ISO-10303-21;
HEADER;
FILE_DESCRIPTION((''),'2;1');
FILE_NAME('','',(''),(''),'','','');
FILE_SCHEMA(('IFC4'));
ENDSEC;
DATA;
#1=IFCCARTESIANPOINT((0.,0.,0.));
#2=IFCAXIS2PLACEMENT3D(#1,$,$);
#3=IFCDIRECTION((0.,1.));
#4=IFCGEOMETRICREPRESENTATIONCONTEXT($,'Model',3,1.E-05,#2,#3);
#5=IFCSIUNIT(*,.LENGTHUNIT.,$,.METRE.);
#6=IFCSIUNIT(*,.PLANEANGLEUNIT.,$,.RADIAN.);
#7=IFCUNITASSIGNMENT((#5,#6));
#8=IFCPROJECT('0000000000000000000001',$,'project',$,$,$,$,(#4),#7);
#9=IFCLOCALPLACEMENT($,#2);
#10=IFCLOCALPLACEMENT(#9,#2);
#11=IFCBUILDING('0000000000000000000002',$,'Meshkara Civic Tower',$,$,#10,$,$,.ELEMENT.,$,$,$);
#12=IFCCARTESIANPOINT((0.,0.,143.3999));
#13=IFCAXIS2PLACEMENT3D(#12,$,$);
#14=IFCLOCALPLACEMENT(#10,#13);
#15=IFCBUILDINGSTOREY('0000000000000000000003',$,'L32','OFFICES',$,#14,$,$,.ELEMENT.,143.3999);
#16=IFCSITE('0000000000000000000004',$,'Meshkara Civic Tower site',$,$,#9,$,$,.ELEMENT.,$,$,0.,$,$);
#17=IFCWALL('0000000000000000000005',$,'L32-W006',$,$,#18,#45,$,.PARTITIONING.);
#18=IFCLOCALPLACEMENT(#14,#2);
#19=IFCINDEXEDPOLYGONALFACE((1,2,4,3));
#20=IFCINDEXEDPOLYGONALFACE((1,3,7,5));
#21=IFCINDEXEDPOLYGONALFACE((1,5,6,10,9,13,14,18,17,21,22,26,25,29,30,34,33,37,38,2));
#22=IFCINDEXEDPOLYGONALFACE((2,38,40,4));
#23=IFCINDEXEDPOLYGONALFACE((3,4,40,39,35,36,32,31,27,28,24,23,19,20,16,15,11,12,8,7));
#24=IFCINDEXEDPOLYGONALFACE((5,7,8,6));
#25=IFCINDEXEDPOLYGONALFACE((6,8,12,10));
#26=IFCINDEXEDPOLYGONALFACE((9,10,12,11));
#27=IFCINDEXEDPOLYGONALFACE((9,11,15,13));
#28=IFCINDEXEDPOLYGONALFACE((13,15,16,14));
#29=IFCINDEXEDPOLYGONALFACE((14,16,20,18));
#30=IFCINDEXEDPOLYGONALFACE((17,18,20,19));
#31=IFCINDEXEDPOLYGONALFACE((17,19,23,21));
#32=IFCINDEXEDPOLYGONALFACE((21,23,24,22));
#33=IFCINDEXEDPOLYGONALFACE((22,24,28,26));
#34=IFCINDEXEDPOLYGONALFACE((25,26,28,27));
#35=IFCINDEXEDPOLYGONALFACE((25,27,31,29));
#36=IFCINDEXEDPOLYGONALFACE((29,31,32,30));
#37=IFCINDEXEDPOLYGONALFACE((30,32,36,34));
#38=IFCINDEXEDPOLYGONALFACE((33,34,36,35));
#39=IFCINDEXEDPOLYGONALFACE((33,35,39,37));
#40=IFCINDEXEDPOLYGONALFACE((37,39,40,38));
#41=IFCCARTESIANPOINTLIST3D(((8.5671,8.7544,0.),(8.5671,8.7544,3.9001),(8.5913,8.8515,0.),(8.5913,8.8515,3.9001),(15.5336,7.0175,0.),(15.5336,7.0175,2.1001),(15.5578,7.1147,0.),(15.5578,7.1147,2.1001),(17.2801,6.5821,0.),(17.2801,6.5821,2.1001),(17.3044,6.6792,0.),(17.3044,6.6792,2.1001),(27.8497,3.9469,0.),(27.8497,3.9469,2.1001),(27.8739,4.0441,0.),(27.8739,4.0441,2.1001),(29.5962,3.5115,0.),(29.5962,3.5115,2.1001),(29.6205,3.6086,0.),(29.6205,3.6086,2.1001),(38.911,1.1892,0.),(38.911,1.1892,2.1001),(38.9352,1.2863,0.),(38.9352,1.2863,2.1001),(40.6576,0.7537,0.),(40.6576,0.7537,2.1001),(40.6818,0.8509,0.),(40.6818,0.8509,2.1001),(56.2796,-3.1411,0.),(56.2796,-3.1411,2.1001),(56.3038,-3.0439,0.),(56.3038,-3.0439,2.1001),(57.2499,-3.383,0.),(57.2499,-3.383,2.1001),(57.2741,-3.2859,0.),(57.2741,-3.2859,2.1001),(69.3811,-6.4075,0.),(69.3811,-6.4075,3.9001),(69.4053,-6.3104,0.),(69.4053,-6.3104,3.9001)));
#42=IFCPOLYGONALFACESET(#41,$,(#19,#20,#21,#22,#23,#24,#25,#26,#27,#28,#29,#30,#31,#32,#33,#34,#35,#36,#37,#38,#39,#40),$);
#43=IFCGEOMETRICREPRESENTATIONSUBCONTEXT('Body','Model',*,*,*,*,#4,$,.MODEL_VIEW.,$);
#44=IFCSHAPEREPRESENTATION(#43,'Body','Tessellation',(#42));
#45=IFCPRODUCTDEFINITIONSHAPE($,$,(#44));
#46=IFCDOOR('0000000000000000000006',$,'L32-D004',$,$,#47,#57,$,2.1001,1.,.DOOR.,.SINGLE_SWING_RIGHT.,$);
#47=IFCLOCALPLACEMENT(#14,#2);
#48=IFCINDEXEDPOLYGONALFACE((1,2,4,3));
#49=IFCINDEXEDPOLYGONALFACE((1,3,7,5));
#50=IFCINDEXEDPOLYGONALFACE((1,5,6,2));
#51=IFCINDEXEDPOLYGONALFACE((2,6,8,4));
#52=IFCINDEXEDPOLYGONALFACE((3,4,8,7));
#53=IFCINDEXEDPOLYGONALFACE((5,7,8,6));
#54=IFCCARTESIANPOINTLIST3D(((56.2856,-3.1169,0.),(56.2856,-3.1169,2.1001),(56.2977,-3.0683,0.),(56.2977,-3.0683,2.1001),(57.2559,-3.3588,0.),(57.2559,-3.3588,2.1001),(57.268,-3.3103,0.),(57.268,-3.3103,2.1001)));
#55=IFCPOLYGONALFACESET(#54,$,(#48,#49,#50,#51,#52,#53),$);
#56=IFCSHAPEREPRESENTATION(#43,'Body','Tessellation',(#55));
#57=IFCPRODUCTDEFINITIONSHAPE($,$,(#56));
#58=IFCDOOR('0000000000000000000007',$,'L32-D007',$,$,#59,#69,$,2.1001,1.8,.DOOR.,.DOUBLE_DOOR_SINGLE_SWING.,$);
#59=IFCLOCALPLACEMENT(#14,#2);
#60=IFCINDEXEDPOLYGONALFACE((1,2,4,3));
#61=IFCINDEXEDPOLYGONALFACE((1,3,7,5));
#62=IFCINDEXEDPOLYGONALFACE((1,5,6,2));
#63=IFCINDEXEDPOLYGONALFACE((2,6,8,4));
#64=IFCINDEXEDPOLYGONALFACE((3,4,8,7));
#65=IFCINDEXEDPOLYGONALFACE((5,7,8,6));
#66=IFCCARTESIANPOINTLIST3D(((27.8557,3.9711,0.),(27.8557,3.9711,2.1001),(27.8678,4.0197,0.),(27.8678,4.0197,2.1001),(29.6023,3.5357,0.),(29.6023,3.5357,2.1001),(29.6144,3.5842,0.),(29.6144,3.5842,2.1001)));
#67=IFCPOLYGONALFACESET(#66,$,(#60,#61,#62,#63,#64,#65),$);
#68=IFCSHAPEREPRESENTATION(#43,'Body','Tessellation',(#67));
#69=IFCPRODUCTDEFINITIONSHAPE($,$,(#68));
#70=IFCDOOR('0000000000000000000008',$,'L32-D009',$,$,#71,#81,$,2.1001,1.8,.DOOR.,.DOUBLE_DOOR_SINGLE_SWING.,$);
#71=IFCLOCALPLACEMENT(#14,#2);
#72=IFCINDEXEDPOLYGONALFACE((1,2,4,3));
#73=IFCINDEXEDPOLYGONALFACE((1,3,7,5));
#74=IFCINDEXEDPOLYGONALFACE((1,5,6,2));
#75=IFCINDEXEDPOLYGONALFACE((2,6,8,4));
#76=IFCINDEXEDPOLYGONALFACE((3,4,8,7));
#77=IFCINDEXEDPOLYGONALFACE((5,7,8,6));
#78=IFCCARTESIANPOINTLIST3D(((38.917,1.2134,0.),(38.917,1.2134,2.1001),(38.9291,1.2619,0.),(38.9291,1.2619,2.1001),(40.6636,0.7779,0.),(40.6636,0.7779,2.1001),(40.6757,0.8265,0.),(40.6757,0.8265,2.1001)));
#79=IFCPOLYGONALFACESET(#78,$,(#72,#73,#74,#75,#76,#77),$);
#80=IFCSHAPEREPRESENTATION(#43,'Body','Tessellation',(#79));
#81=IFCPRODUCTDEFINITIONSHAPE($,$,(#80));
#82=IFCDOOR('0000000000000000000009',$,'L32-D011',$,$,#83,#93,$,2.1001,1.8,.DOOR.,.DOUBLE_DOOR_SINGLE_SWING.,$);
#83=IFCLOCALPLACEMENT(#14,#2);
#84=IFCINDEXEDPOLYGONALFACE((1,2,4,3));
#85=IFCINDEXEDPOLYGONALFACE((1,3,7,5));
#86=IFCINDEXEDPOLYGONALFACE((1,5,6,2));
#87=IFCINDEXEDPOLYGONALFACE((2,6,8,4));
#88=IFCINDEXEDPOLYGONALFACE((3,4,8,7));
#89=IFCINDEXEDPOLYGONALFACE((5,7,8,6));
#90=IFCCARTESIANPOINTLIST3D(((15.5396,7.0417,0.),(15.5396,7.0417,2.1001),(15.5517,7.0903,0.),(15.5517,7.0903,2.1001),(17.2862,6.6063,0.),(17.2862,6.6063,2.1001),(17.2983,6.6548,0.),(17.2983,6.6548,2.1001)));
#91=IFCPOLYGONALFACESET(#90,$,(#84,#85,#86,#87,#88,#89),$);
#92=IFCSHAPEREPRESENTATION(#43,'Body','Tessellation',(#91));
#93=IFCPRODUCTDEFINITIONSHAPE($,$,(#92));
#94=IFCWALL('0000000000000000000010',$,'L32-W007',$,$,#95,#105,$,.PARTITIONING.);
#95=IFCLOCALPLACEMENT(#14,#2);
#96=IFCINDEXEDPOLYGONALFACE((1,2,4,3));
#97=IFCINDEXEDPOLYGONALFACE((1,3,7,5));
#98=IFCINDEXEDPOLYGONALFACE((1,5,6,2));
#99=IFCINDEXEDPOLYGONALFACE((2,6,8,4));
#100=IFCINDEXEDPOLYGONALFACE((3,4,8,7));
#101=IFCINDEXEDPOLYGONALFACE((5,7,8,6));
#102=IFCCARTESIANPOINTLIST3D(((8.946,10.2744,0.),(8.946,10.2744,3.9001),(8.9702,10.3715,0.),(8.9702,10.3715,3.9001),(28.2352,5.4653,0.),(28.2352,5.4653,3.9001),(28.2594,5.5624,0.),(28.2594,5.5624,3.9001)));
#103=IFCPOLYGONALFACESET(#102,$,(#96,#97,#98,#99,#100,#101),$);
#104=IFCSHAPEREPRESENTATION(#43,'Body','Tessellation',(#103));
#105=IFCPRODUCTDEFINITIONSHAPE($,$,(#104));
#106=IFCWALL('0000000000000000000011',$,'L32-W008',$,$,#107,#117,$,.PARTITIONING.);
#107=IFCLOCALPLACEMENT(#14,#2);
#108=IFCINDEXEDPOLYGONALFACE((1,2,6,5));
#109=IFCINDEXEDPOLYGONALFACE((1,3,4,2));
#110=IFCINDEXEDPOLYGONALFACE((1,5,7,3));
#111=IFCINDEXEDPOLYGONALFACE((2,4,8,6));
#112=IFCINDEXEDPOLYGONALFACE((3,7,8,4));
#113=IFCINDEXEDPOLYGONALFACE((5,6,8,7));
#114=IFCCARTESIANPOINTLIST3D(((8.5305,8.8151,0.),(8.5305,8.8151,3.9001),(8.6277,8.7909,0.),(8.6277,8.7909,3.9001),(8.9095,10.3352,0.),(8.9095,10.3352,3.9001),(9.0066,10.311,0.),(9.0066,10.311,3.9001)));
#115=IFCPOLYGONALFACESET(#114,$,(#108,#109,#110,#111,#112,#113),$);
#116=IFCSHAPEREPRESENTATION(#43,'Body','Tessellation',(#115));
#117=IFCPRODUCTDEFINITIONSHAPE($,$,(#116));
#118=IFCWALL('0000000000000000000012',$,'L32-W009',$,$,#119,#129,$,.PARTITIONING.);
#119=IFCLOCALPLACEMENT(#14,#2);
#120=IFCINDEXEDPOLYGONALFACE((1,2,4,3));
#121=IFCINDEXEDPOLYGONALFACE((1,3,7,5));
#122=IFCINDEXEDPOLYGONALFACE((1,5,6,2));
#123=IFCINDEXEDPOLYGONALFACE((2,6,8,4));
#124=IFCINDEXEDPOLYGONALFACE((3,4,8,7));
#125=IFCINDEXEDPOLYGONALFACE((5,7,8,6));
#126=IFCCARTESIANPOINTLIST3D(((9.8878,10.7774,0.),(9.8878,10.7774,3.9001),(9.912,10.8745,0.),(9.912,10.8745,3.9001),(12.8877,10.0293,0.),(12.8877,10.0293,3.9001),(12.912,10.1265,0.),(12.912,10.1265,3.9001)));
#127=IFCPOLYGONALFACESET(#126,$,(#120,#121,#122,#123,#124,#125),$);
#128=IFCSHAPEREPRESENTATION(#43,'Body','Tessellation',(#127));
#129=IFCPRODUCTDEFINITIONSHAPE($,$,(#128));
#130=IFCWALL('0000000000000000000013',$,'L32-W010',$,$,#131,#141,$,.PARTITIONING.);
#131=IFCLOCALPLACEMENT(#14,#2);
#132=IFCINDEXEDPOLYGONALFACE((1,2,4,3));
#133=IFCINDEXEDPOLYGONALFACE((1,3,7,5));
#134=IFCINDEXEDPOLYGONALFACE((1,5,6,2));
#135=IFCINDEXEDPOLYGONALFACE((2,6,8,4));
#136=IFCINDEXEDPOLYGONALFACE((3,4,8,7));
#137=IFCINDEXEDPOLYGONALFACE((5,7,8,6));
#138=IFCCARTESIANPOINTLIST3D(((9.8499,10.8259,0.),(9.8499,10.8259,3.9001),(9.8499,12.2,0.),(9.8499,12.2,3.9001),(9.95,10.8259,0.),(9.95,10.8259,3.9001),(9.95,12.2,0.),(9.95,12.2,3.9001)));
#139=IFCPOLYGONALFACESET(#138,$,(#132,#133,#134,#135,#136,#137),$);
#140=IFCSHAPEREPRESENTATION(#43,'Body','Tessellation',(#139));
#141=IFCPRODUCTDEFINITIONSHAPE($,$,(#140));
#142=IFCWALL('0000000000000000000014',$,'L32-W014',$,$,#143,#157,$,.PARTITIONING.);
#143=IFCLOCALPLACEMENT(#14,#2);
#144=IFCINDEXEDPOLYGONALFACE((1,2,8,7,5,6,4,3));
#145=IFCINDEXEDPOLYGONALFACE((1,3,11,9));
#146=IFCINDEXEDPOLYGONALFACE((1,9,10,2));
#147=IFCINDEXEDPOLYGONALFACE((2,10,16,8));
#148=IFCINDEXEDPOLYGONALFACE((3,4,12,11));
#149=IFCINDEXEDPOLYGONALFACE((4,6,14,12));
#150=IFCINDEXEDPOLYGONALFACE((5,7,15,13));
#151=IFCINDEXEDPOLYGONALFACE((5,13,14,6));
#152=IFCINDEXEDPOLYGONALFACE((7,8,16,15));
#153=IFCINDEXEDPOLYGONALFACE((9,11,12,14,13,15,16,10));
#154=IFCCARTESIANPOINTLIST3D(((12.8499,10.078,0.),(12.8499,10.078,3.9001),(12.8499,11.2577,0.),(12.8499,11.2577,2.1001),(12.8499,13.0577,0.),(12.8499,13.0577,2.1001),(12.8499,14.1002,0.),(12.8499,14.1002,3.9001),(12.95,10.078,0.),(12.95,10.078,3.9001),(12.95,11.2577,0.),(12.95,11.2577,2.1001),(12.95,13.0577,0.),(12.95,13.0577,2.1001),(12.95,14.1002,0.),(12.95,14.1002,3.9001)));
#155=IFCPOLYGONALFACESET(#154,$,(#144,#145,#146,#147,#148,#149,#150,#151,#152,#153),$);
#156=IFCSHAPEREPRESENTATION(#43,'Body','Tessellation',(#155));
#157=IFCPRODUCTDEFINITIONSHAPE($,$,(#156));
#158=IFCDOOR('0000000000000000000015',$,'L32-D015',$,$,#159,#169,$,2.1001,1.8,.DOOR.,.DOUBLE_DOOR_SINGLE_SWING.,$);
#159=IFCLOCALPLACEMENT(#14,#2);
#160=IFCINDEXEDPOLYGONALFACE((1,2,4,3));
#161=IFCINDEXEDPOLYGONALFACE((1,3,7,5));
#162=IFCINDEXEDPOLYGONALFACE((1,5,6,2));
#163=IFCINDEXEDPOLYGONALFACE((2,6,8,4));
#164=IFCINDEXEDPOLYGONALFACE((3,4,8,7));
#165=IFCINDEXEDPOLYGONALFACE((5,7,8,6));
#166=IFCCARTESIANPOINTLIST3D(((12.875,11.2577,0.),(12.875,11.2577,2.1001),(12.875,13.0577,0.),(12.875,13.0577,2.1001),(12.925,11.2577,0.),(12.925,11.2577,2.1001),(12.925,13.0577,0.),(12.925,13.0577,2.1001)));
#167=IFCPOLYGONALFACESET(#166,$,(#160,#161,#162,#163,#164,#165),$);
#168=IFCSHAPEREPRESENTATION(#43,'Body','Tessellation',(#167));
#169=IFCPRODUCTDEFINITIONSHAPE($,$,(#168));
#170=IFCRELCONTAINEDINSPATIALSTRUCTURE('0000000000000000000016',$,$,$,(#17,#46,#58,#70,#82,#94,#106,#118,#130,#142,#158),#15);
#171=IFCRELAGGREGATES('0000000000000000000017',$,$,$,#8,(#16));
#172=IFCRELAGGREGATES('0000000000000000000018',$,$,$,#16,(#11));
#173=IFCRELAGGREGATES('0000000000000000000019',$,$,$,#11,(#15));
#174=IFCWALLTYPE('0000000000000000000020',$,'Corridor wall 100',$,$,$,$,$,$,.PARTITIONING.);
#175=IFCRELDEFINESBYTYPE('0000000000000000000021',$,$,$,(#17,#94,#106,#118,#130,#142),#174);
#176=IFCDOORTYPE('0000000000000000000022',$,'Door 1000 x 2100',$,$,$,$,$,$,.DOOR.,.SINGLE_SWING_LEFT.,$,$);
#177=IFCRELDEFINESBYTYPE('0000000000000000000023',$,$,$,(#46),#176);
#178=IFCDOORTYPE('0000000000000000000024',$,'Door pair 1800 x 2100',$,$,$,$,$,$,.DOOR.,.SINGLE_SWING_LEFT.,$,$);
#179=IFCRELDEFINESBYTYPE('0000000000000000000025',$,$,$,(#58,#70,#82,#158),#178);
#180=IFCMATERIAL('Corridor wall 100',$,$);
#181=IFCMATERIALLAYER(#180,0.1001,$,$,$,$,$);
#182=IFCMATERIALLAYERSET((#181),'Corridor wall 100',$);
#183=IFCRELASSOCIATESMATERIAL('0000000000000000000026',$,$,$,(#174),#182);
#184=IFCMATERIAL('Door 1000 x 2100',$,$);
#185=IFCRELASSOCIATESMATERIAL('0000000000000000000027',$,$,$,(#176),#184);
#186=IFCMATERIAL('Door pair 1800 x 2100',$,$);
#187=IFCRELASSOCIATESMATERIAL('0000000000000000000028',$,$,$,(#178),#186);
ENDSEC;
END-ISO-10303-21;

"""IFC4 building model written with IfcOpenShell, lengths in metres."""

from ifc_helpers import new_model, si_unit, direction, frame, frame_2d, origin, place, context, subcontext, project, spatial, rectangle, extrude, material, layer, layer_set, type_object, element, fill, save


model = new_model("IFC4")

# Units and contexts
model_context = context("Model", 3, precision=1e-05, world=origin(), true_north=direction((0.0, 1.0)))
body_context = subcontext(model_context, "Body", "Model", "MODEL_VIEW")
ifc_project = project(units=[si_unit("LENGTHUNIT", "METRE"), si_unit("PLANEANGLEUNIT", "RADIAN")], contexts=[model_context])

# Site, building, storey
site_placement = place(None, origin())
site = spatial("IfcSite", under=ifc_project, at=site_placement, Name="Meshkara Civic Tower site", CompositionType="ELEMENT", RefElevation=0.0)
building_placement = place(site_placement, origin())
building = spatial("IfcBuilding", under=site, at=building_placement, Name="Meshkara Civic Tower", CompositionType="ELEMENT")
storey_placement = place(building_placement, frame((0.0, 0.0, 143.3999)))
storey = spatial("IfcBuildingStorey", under=building, at=storey_placement, Name="L32", Description="OFFICES", CompositionType="ELEMENT", Elevation=143.3999)

# Wall, openings, doors
ifc_material_1 = material(Name="Corridor wall 100")
ifc_layer_1 = layer(ifc_material_1, 0.1001)
ifc_layer_set_1 = layer_set([ifc_layer_1], Name="Corridor wall 100")
wall_type_1 = type_object("IfcWallType", Name="Corridor wall 100", PredefinedType="PARTITIONING", material=ifc_layer_set_1)
wall_1_placement = place(storey_placement, frame((8.5791, 8.803, 0.0), z_axis=(0.0, 0.0, 1.0), x_axis=(0.970299, -0.24191, 0.0)))
wall_1 = element("IfcWall", 1, at=wall_1_placement, inside=storey, type_object=wall_type_1, Name="L32-W006", PredefinedType="PARTITIONING", context=body_context, shape_type="SweptSolid", body=[
    extrude(rectangle(XDim=62.6755, YDim=0.1001, at=frame_2d((31.3379, 0.0))), origin(), (0.0, 0.0, 1.0), 3.9001),
])
opening_1_placement = place(wall_1_placement, frame((49.1731, 0.0, 0.0)))
opening_1 = element("IfcOpeningElement", 2, at=opening_1_placement, cuts=wall_1, PredefinedType="OPENING", context=body_context, shape_type="SweptSolid", body=[
    extrude(rectangle(XDim=1.0, YDim=2.1001, at=frame_2d((0.5, 1.05))), frame((0.0, 0.0601, 0.0), z_axis=(0.0, -1.0, 0.0), x_axis=(1.0, 0.0, 0.0)), (0.0, 0.0, 1.0), 0.1201),
])
opening_2_placement = place(wall_1_placement, frame((19.873, 0.0, 0.0)))
opening_2 = element("IfcOpeningElement", 3, at=opening_2_placement, cuts=wall_1, PredefinedType="OPENING", context=body_context, shape_type="SweptSolid", body=[
    extrude(rectangle(XDim=1.8, YDim=2.1001, at=frame_2d((0.8999, 1.05))), frame((0.0, 0.0601, 0.0), z_axis=(0.0, -1.0, 0.0), x_axis=(1.0, 0.0, 0.0)), (0.0, 0.0, 1.0), 0.1201),
])
opening_3_placement = place(wall_1_placement, frame((31.2729, 0.0, 0.0)))
opening_3 = element("IfcOpeningElement", 4, at=opening_3_placement, cuts=wall_1, PredefinedType="OPENING", context=body_context, shape_type="SweptSolid", body=[
    extrude(rectangle(XDim=1.8, YDim=2.1001, at=frame_2d((0.8999, 1.05))), frame((0.0, 0.0601, 0.0), z_axis=(0.0, -1.0, 0.0), x_axis=(1.0, 0.0, 0.0)), (0.0, 0.0, 1.0), 0.1201),
])
opening_4_placement = place(wall_1_placement, frame((7.1799, 0.0, 0.0)))
opening_4 = element("IfcOpeningElement", 5, at=opening_4_placement, cuts=wall_1, PredefinedType="OPENING", context=body_context, shape_type="SweptSolid", body=[
    extrude(rectangle(XDim=1.8, YDim=2.1001, at=frame_2d((0.8999, 1.05))), frame((0.0, 0.0601, 0.0), z_axis=(0.0, -1.0, 0.0), x_axis=(1.0, 0.0, 0.0)), (0.0, 0.0, 1.0), 0.1201),
])
ifc_material_2 = material(Name="Door 1000 x 2100")
door_type_1 = type_object("IfcDoorType", Name="Door 1000 x 2100", OperationType="SINGLE_SWING_LEFT", PredefinedType="DOOR", material=ifc_material_2)
door_1_placement = place(opening_1_placement, origin())
door_1 = element("IfcDoor", 6, at=door_1_placement, inside=storey, type_object=door_type_1, Name="L32-D004", OperationType="SINGLE_SWING_RIGHT", OverallHeight=2.1001, OverallWidth=1.0, PredefinedType="DOOR", context=body_context, shape_type="SweptSolid", body=[
    extrude(rectangle(XDim=1.0, YDim=2.1001, at=frame_2d((0.5, 1.05))), frame((0.0, 0.0249, 0.0), z_axis=(0.0, -1.0, 0.0), x_axis=(1.0, 0.0, 0.0)), (0.0, 0.0, 1.0), 0.05),
])
fill(opening_1, door_1)
ifc_material_3 = material(Name="Door pair 1800 x 2100")
door_type_2 = type_object("IfcDoorType", Name="Door pair 1800 x 2100", OperationType="SINGLE_SWING_LEFT", PredefinedType="DOOR", material=ifc_material_3)
door_2_placement = place(opening_2_placement, origin())
door_2 = element("IfcDoor", 7, at=door_2_placement, inside=storey, type_object=door_type_2, Name="L32-D007", OperationType="DOUBLE_DOOR_SINGLE_SWING", OverallHeight=2.1001, OverallWidth=1.8, PredefinedType="DOOR", context=body_context, shape_type="SweptSolid", body=[
    extrude(rectangle(XDim=1.8, YDim=2.1001, at=frame_2d((0.8999, 1.05))), frame((0.0, 0.0249, 0.0), z_axis=(0.0, -1.0, 0.0), x_axis=(1.0, 0.0, 0.0)), (0.0, 0.0, 1.0), 0.05),
])
fill(opening_2, door_2)
door_3_placement = place(opening_3_placement, origin())
door_3 = element("IfcDoor", 8, at=door_3_placement, inside=storey, type_object=door_type_2, Name="L32-D009", OperationType="DOUBLE_DOOR_SINGLE_SWING", OverallHeight=2.1001, OverallWidth=1.8, PredefinedType="DOOR", context=body_context, shape_type="SweptSolid", body=[
    extrude(rectangle(XDim=1.8, YDim=2.1001, at=frame_2d((0.8999, 1.05))), frame((0.0, 0.0249, 0.0), z_axis=(0.0, -1.0, 0.0), x_axis=(1.0, 0.0, 0.0)), (0.0, 0.0, 1.0), 0.05),
])
fill(opening_3, door_3)
door_4_placement = place(opening_4_placement, origin())
door_4 = element("IfcDoor", 9, at=door_4_placement, inside=storey, type_object=door_type_2, Name="L32-D011", OperationType="DOUBLE_DOOR_SINGLE_SWING", OverallHeight=2.1001, OverallWidth=1.8, PredefinedType="DOOR", context=body_context, shape_type="SweptSolid", body=[
    extrude(rectangle(XDim=1.8, YDim=2.1001, at=frame_2d((0.8999, 1.05))), frame((0.0, 0.0249, 0.0), z_axis=(0.0, -1.0, 0.0), x_axis=(1.0, 0.0, 0.0)), (0.0, 0.0, 1.0), 0.05),
])
fill(opening_4, door_4)

# Walls
wall_2_placement = place(storey_placement, frame((8.958, 10.323, 0.0), z_axis=(0.0, 0.0, 1.0), x_axis=(0.970298, -0.241911, 0.0)))
element("IfcWall", 10, at=wall_2_placement, inside=storey, type_object=wall_type_1, Name="L32-W007", PredefinedType="PARTITIONING", context=body_context, shape_type="SweptSolid", body=[
    extrude(rectangle(XDim=19.8796, YDim=0.1001, at=frame_2d((9.9399, 0.0))), origin(), (0.0, 0.0, 1.0), 3.9001),
])
wall_3_placement = place(storey_placement, frame((8.958, 10.323, 0.0), z_axis=(0.0, 0.0, 1.0), x_axis=(-0.241876, -0.970307, 0.0)))
element("IfcWall", 11, at=wall_3_placement, inside=storey, type_object=wall_type_1, Name="L32-W008", PredefinedType="PARTITIONING", context=body_context, shape_type="SweptSolid", body=[
    extrude(rectangle(XDim=1.5667, YDim=0.1001, at=frame_2d((0.7832, 0.0))), origin(), (0.0, 0.0, 1.0), 3.9001),
])
wall_4_placement = place(storey_placement, frame((9.8999, 10.8259, 0.0), z_axis=(0.0, 0.0, 1.0), x_axis=(0.970291, -0.241941, 0.0)))
element("IfcWall", 12, at=wall_4_placement, inside=storey, type_object=wall_type_1, Name="L32-W009", PredefinedType="PARTITIONING", context=body_context, shape_type="SweptSolid", body=[
    extrude(rectangle(XDim=3.0918, YDim=0.1001, at=frame_2d((1.5459, 0.0))), origin(), (0.0, 0.0, 1.0), 3.9001),
])
wall_5_placement = place(storey_placement, frame((9.8999, 12.2, 0.0), z_axis=(0.0, 0.0, 1.0), x_axis=(0.0, -1.0, 0.0)))
element("IfcWall", 13, at=wall_5_placement, inside=storey, type_object=wall_type_1, Name="L32-W010", PredefinedType="PARTITIONING", context=body_context, shape_type="SweptSolid", body=[
    extrude(rectangle(XDim=1.374, YDim=0.1001, at=frame_2d((0.687, 0.0))), origin(), (0.0, 0.0, 1.0), 3.9001),
])

# Wall, opening, door
wall_6_placement = place(storey_placement, frame((12.8999, 10.0779, 0.0), z_axis=(0.0, 0.0, 1.0), x_axis=(0.0, 1.0, 0.0)))
wall_6 = element("IfcWall", 14, at=wall_6_placement, inside=storey, type_object=wall_type_1, Name="L32-W014", PredefinedType="PARTITIONING", context=body_context, shape_type="SweptSolid", body=[
    extrude(rectangle(XDim=4.0222, YDim=0.1001, at=frame_2d((2.0112, 0.0))), origin(), (0.0, 0.0, 1.0), 3.9001),
])
opening_5_placement = place(wall_6_placement, frame((1.1799, 0.0, 0.0)))
opening_5 = element("IfcOpeningElement", 15, at=opening_5_placement, cuts=wall_6, PredefinedType="OPENING", context=body_context, shape_type="SweptSolid", body=[
    extrude(rectangle(XDim=1.8, YDim=2.1001, at=frame_2d((0.8999, 1.05))), frame((0.0, 0.0601, 0.0), z_axis=(0.0, -1.0, 0.0), x_axis=(1.0, 0.0, 0.0)), (0.0, 0.0, 1.0), 0.1201),
])
door_5_placement = place(opening_5_placement, origin())
door_5 = element("IfcDoor", 16, at=door_5_placement, inside=storey, type_object=door_type_2, Name="L32-D015", OperationType="DOUBLE_DOOR_SINGLE_SWING", OverallHeight=2.1001, OverallWidth=1.8, PredefinedType="DOOR", context=body_context, shape_type="SweptSolid", body=[
    extrude(rectangle(XDim=1.8, YDim=2.1001, at=frame_2d((0.8999, 1.05))), frame((0.0, 0.0249, 0.0), z_axis=(0.0, -1.0, 0.0), x_axis=(1.0, 0.0, 0.0)), (0.0, 0.0, 1.0), 0.05),
])
fill(opening_5, door_5)

save(model, "model.ifc")
